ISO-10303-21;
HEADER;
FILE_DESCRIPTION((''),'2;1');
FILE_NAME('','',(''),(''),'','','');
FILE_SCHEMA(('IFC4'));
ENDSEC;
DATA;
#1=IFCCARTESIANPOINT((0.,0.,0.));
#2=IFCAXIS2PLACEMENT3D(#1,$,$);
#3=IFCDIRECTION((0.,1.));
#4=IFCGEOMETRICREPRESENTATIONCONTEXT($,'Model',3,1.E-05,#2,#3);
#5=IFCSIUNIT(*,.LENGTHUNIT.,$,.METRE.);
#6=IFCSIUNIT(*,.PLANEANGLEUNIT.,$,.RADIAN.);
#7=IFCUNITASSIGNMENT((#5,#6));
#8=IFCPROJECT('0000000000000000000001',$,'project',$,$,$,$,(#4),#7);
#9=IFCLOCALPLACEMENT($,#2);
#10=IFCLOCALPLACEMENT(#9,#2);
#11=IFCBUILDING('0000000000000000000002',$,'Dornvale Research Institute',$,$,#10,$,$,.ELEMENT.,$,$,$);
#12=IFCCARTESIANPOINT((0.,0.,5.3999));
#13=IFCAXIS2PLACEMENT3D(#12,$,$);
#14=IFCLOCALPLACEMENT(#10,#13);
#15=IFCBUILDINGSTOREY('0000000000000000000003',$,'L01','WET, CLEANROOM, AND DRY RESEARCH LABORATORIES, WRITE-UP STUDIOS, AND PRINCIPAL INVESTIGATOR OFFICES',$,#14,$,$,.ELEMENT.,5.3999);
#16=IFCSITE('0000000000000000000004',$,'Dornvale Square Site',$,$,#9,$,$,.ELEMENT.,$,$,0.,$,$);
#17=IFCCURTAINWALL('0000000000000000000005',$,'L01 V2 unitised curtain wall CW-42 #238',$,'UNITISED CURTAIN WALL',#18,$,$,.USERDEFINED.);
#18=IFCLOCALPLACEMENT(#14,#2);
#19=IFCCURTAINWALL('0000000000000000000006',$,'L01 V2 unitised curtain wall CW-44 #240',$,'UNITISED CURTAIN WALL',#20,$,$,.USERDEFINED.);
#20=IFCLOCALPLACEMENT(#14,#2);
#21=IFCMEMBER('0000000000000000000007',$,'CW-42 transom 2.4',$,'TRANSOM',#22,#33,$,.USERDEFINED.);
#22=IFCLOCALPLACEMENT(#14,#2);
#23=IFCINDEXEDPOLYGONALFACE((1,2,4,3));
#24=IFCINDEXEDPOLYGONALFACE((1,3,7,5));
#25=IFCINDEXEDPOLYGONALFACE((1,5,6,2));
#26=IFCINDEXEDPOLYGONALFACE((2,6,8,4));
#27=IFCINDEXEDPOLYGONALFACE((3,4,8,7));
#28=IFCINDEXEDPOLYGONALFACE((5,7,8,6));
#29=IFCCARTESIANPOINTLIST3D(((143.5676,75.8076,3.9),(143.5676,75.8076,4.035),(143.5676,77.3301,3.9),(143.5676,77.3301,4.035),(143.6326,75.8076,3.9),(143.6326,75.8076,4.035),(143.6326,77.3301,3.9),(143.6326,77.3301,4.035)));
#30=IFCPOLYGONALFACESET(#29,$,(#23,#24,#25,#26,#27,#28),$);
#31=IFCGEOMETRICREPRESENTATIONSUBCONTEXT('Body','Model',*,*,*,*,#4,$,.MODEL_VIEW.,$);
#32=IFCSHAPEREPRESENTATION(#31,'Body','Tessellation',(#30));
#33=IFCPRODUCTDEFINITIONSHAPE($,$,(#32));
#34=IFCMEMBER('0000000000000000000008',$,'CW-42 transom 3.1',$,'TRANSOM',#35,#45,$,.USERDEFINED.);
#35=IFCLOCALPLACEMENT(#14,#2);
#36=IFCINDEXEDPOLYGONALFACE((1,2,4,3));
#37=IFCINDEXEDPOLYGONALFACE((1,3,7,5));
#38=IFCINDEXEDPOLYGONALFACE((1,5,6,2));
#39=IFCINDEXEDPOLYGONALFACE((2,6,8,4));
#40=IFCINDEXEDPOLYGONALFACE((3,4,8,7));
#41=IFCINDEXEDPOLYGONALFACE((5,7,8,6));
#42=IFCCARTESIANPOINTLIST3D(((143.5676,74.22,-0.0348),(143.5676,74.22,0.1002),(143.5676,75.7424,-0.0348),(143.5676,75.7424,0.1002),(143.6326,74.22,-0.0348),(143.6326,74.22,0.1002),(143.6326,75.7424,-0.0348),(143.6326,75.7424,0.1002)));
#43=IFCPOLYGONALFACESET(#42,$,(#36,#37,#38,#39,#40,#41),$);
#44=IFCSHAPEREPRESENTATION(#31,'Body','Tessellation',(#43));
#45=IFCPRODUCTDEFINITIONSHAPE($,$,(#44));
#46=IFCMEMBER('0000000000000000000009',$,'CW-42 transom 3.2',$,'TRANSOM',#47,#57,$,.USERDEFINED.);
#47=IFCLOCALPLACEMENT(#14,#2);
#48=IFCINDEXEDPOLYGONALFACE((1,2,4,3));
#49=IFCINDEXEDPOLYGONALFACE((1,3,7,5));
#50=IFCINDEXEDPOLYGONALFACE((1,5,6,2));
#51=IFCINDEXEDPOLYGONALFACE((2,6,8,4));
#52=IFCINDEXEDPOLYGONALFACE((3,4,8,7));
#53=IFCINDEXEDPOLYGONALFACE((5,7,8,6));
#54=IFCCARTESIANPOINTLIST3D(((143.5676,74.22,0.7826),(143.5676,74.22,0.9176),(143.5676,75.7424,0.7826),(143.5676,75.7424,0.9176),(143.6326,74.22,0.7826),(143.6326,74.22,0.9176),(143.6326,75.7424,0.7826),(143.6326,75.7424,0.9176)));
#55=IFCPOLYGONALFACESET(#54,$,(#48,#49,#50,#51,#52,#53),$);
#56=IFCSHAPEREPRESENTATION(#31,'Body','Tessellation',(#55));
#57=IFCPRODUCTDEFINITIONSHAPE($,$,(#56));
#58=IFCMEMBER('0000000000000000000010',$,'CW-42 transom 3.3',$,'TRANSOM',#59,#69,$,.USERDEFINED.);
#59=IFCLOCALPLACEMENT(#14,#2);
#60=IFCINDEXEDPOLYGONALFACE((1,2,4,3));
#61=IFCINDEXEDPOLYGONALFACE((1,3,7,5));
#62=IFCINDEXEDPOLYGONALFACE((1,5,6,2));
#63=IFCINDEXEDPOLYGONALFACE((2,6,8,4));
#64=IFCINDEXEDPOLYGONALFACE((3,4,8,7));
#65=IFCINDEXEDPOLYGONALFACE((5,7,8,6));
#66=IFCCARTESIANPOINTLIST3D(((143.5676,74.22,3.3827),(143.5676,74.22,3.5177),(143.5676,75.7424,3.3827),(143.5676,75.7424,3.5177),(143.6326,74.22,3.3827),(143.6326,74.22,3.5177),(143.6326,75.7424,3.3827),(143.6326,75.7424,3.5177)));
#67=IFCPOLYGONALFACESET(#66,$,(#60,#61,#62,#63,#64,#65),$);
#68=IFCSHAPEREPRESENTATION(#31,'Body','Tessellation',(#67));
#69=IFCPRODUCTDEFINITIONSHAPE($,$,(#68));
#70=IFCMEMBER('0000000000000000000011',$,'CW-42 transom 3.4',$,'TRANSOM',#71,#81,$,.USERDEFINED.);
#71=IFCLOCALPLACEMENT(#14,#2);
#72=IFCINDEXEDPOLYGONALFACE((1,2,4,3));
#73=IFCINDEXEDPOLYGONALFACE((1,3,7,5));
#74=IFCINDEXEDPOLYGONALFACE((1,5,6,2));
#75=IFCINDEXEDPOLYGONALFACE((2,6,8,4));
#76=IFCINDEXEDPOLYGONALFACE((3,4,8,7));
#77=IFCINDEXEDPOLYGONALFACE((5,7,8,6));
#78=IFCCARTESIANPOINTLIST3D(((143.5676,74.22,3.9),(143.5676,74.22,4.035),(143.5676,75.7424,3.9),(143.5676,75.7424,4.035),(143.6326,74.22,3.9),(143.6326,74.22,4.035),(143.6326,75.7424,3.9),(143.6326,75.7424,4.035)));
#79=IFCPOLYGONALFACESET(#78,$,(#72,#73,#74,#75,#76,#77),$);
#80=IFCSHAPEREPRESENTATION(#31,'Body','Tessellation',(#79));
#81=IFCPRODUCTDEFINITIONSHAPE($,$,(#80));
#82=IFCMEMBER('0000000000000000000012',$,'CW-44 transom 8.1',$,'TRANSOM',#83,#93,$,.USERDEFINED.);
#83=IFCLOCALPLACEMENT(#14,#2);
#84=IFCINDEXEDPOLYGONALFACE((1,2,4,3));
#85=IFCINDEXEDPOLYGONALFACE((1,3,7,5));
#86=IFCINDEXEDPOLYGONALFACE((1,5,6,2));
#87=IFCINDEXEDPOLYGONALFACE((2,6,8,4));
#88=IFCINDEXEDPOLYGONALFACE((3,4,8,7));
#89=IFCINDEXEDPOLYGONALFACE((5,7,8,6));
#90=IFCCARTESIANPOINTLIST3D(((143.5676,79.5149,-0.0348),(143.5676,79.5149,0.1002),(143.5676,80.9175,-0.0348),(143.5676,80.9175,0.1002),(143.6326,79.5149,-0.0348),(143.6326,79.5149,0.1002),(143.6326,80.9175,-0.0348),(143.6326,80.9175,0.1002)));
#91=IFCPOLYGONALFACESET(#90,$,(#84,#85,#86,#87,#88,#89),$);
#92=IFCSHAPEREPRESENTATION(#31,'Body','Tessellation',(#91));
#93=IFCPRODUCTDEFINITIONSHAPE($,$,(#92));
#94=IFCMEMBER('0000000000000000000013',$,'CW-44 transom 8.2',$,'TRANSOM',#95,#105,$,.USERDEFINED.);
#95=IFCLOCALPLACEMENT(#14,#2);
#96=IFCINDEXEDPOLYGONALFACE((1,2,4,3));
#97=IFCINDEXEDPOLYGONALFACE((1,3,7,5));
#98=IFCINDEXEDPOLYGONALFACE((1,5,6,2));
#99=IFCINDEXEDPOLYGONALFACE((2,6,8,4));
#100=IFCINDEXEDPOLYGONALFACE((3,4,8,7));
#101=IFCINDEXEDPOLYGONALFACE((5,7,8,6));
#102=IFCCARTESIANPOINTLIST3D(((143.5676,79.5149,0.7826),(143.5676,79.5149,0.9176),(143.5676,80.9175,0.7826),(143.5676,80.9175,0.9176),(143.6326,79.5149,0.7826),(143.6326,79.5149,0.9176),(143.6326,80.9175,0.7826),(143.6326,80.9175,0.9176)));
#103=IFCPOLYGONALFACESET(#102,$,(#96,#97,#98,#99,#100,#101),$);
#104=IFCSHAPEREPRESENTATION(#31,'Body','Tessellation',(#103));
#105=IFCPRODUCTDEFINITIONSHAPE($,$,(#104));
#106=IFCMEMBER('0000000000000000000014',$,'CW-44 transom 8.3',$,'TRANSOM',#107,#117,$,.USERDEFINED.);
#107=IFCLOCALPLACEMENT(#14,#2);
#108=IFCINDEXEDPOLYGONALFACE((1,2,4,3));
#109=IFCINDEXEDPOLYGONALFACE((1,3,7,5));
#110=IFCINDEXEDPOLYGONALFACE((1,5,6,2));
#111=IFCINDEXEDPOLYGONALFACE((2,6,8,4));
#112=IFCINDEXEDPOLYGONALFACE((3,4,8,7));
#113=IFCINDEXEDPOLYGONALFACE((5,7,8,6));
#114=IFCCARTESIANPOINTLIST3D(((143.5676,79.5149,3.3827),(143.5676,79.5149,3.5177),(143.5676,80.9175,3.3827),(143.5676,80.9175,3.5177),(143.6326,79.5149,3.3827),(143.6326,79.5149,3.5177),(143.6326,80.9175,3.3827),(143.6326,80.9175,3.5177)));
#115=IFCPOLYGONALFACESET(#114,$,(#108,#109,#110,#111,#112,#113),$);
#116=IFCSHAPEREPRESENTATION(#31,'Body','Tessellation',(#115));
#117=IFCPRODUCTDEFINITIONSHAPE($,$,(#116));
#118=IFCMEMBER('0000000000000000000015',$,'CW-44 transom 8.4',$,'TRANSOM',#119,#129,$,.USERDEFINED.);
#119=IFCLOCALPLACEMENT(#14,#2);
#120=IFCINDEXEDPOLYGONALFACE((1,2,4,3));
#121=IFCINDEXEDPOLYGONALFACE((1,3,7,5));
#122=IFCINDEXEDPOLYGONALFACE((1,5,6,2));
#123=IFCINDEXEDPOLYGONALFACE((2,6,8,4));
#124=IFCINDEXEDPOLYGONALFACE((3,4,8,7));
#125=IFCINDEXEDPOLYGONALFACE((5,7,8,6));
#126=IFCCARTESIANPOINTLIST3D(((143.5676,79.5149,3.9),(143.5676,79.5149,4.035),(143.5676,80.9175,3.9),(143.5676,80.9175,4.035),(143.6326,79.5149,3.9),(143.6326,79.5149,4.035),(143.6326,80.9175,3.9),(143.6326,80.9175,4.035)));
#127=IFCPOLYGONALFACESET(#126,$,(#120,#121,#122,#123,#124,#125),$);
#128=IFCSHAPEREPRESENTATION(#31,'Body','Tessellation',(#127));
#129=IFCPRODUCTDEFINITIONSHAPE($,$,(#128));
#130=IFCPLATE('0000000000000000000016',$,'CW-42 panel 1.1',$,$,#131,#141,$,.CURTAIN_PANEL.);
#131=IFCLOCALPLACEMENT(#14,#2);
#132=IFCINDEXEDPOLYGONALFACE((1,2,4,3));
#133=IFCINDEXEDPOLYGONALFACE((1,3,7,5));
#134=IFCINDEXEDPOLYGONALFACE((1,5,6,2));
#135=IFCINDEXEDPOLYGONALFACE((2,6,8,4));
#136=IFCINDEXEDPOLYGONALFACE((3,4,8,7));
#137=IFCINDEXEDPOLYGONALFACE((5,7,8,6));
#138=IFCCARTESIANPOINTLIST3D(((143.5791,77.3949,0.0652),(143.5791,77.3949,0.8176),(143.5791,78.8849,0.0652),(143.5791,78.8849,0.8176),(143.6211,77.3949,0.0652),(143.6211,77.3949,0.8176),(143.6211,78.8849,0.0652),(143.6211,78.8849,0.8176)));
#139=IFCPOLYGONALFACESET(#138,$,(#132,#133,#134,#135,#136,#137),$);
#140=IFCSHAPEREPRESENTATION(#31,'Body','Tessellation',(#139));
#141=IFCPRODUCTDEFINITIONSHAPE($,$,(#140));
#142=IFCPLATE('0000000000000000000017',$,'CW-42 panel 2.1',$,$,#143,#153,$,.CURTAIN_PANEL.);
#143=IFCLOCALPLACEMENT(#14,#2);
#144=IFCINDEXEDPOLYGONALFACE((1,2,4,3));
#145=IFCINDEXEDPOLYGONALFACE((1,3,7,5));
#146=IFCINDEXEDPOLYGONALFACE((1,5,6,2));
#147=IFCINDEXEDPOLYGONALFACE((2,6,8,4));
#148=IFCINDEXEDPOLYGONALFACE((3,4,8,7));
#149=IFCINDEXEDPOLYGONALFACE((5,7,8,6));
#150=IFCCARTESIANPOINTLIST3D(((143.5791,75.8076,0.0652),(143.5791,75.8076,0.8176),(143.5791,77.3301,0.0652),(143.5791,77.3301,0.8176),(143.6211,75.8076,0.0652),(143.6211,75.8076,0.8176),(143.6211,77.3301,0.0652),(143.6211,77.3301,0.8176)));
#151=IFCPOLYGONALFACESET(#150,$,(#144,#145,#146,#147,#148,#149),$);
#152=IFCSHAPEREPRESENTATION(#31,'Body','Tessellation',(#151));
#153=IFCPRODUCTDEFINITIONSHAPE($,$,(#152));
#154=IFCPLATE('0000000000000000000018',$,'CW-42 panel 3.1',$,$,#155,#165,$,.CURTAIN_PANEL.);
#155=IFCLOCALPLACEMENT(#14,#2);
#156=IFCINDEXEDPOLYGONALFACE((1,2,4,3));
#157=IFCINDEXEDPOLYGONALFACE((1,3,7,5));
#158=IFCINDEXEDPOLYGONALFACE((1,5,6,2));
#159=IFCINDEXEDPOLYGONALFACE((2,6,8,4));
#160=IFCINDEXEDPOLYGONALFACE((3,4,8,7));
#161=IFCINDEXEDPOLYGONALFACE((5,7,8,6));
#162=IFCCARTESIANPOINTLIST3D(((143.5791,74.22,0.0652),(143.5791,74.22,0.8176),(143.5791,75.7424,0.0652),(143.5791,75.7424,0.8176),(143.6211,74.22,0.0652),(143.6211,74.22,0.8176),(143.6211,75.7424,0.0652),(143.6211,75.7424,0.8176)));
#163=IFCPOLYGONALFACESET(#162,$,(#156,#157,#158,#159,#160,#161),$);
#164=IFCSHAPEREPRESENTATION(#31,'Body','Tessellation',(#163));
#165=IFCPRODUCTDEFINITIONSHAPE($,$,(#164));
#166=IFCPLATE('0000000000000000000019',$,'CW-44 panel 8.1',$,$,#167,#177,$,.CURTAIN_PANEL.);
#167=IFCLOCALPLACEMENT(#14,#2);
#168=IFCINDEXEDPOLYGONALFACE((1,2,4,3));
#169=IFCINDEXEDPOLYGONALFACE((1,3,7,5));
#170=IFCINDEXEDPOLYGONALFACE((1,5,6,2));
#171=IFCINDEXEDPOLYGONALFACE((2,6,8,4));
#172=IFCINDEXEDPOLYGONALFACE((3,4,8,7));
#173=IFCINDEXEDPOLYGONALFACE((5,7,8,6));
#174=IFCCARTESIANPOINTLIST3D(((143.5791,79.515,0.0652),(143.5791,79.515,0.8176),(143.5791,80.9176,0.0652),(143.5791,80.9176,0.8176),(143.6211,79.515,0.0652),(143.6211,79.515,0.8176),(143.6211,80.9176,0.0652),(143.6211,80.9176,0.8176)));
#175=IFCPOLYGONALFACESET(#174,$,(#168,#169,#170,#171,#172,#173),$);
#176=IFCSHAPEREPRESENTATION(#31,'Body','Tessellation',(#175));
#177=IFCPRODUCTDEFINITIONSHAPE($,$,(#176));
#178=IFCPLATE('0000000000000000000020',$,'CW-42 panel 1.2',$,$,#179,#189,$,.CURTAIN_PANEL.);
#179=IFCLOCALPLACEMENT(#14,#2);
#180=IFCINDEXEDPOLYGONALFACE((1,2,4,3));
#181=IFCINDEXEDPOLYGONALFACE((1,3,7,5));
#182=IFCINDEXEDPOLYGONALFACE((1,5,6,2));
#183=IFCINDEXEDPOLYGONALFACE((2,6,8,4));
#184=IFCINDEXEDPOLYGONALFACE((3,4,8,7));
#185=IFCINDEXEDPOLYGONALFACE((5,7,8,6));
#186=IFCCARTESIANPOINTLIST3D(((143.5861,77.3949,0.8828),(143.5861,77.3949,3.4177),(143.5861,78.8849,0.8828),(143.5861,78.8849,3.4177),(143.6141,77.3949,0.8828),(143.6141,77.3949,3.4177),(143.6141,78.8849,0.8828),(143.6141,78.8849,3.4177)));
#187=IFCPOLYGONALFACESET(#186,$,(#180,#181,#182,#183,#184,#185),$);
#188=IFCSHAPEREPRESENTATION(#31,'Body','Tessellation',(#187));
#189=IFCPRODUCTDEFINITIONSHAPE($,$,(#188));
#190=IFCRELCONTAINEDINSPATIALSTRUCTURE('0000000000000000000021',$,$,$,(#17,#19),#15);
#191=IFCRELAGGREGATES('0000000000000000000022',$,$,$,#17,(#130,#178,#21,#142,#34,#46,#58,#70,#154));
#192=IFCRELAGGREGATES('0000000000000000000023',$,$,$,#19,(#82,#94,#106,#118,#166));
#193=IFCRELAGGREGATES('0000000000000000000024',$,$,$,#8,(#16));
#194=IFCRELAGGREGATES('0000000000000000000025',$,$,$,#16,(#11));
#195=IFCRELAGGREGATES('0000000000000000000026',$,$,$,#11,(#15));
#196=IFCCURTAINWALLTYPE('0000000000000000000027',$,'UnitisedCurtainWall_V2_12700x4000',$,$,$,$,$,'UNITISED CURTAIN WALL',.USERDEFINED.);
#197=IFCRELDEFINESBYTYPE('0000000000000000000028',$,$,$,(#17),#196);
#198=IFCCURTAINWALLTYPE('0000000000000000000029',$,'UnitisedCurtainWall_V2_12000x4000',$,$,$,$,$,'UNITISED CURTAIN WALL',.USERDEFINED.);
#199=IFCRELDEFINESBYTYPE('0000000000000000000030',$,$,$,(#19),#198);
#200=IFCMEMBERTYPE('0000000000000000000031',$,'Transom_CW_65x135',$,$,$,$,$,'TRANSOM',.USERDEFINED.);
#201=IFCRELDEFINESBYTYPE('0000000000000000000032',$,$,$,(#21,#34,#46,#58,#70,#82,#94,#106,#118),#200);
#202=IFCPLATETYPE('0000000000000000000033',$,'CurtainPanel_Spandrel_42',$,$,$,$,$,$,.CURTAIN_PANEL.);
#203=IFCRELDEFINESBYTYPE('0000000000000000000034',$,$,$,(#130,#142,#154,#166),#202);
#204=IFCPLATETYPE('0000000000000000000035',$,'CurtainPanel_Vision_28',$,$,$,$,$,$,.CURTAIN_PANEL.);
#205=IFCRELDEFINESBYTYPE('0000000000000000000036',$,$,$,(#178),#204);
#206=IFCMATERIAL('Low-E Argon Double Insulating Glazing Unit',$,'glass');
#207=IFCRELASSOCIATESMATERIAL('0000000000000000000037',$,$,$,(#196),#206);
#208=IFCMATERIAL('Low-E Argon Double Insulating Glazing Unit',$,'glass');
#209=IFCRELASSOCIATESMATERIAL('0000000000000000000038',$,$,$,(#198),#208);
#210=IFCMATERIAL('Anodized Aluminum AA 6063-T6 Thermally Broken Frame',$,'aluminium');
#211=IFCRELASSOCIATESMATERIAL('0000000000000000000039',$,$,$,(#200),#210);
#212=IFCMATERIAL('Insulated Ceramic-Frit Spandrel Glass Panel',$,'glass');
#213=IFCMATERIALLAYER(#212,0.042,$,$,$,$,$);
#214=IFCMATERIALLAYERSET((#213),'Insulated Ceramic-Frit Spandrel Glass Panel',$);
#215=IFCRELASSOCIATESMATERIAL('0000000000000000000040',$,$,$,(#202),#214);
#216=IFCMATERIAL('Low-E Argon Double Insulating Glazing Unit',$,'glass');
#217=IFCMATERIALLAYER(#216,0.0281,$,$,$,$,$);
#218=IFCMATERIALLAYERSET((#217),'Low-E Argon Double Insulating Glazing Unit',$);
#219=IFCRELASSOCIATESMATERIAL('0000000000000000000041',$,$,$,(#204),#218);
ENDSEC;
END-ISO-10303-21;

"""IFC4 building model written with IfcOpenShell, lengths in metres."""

from ifc_helpers import new_model, si_unit, direction, frame, origin, origin_2d, place, context, subcontext, project, spatial, rectangle, extrude, material, layer, layer_set, material_profile, profile_set, type_object, element, aggregate, save


model = new_model("IFC4")

# Units and contexts
model_context = context("Model", 3, precision=1e-05, world=origin(), true_north=direction((0.0, 1.0)))
body_context = subcontext(model_context, "Body", "Model", "MODEL_VIEW")
ifc_project = project(units=[si_unit("LENGTHUNIT", "METRE"), si_unit("PLANEANGLEUNIT", "RADIAN")], contexts=[model_context])

# Site, building, storey
site_placement = place(None, origin())
site = spatial("IfcSite", under=ifc_project, at=site_placement, Name="Dornvale Square Site", CompositionType="ELEMENT", RefElevation=0.0)
building_placement = place(site_placement, origin())
building = spatial("IfcBuilding", under=site, at=building_placement, Name="Dornvale Research Institute", CompositionType="ELEMENT")
storey_placement = place(building_placement, frame((0.0, 0.0, 5.3999)))
storey = spatial("IfcBuildingStorey", under=building, at=storey_placement, Name="L01", Description="WET, CLEANROOM, AND DRY RESEARCH LABORATORIES, WRITE-UP STUDIOS, AND PRINCIPAL INVESTIGATOR OFFICES", CompositionType="ELEMENT", Elevation=5.3999)

# Curtain wall
ifc_material_1 = material(Name="Low-E Argon Double Insulating Glazing Unit", Category="glass")
curtain_wall_type_1 = type_object("IfcCurtainWallType", Name="UnitisedCurtainWall_V2_12700x4000", ElementType="UNITISED CURTAIN WALL", PredefinedType="USERDEFINED", material=ifc_material_1)
curtain_wall_1_placement = place(storey_placement, origin())
curtain_wall_1 = element("IfcCurtainWall", 1, at=curtain_wall_1_placement, inside=storey, type_object=curtain_wall_type_1, Name="L01 V2 unitised curtain wall CW-42 #238", ObjectType="UNITISED CURTAIN WALL", PredefinedType="USERDEFINED")

# Curtain wall
ifc_material_2 = material(Name="Low-E Argon Double Insulating Glazing Unit", Category="glass")
curtain_wall_type_2 = type_object("IfcCurtainWallType", Name="UnitisedCurtainWall_V2_12000x4000", ElementType="UNITISED CURTAIN WALL", PredefinedType="USERDEFINED", material=ifc_material_2)
curtain_wall_2_placement = place(storey_placement, origin())
curtain_wall_2 = element("IfcCurtainWall", 2, at=curtain_wall_2_placement, inside=storey, type_object=curtain_wall_type_2, Name="L01 V2 unitised curtain wall CW-44 #240", ObjectType="UNITISED CURTAIN WALL", PredefinedType="USERDEFINED")

# Members
ifc_material_3 = material(Name="Anodized Aluminum AA 6063-T6 Thermally Broken Frame", Category="aluminium")
ifc_material_profile_1 = material_profile(ifc_material_3, rectangle(XDim=0.0649, YDim=0.135, at=origin_2d()), Name="ALU TRANSOM 65x135")
ifc_profile_set_1 = profile_set([ifc_material_profile_1], Name="Anodized Aluminum AA 6063-T6 Thermally Broken Frame")
member_type_1 = type_object("IfcMemberType", Name="Transom_CW_65x135", ElementType="TRANSOM", PredefinedType="USERDEFINED", material=ifc_profile_set_1)
member_1_placement = place(storey_placement, frame((143.6001, 77.3301, 3.9675), z_axis=(0.0, -1.0, 0.0), x_axis=(1.0, 0.0, 0.0)))
member_1 = element("IfcMember", 3, at=member_1_placement, type_object=member_type_1, Name="CW-42 transom 2.4", ObjectType="TRANSOM", PredefinedType="USERDEFINED", context=body_context, shape_type="SweptSolid", body=[
    extrude(rectangle(XDim=0.0649, YDim=0.135, at=origin_2d()), origin(), (0.0, 0.0, 1.0), 1.5225),
])
member_2_placement = place(storey_placement, frame((143.6001, 75.7424, 0.0327), z_axis=(0.0, -1.0, 0.0), x_axis=(1.0, 0.0, 0.0)))
member_2 = element("IfcMember", 4, at=member_2_placement, type_object=member_type_1, Name="CW-42 transom 3.1", ObjectType="TRANSOM", PredefinedType="USERDEFINED", context=body_context, shape_type="SweptSolid", body=[
    extrude(rectangle(XDim=0.0649, YDim=0.135, at=origin_2d()), origin(), (0.0, 0.0, 1.0), 1.5225),
])
member_3_placement = place(storey_placement, frame((143.6001, 75.7424, 0.8501), z_axis=(0.0, -1.0, 0.0), x_axis=(1.0, 0.0, 0.0)))
member_3 = element("IfcMember", 5, at=member_3_placement, type_object=member_type_1, Name="CW-42 transom 3.2", ObjectType="TRANSOM", PredefinedType="USERDEFINED", context=body_context, shape_type="SweptSolid", body=[
    extrude(rectangle(XDim=0.0649, YDim=0.135, at=origin_2d()), origin(), (0.0, 0.0, 1.0), 1.5225),
])
member_4_placement = place(storey_placement, frame((143.6001, 75.7424, 3.4502), z_axis=(0.0, -1.0, 0.0), x_axis=(1.0, 0.0, 0.0)))
member_4 = element("IfcMember", 6, at=member_4_placement, type_object=member_type_1, Name="CW-42 transom 3.3", ObjectType="TRANSOM", PredefinedType="USERDEFINED", context=body_context, shape_type="SweptSolid", body=[
    extrude(rectangle(XDim=0.0649, YDim=0.135, at=origin_2d()), origin(), (0.0, 0.0, 1.0), 1.5225),
])
member_5_placement = place(storey_placement, frame((143.6001, 75.7424, 3.9675), z_axis=(0.0, -1.0, 0.0), x_axis=(1.0, 0.0, 0.0)))
member_5 = element("IfcMember", 7, at=member_5_placement, type_object=member_type_1, Name="CW-42 transom 3.4", ObjectType="TRANSOM", PredefinedType="USERDEFINED", context=body_context, shape_type="SweptSolid", body=[
    extrude(rectangle(XDim=0.0649, YDim=0.135, at=origin_2d()), origin(), (0.0, 0.0, 1.0), 1.5225),
])
member_6_placement = place(storey_placement, frame((143.6001, 80.9175, 0.0327), z_axis=(0.0, -1.0, 0.0), x_axis=(1.0, 0.0, 0.0)))
member_6 = element("IfcMember", 8, at=member_6_placement, type_object=member_type_1, Name="CW-44 transom 8.1", ObjectType="TRANSOM", PredefinedType="USERDEFINED", context=body_context, shape_type="SweptSolid", body=[
    extrude(rectangle(XDim=0.0649, YDim=0.135, at=origin_2d()), origin(), (0.0, 0.0, 1.0), 1.4026),
])
member_7_placement = place(storey_placement, frame((143.6001, 80.9175, 0.8501), z_axis=(0.0, -1.0, 0.0), x_axis=(1.0, 0.0, 0.0)))
member_7 = element("IfcMember", 9, at=member_7_placement, type_object=member_type_1, Name="CW-44 transom 8.2", ObjectType="TRANSOM", PredefinedType="USERDEFINED", context=body_context, shape_type="SweptSolid", body=[
    extrude(rectangle(XDim=0.0649, YDim=0.135, at=origin_2d()), origin(), (0.0, 0.0, 1.0), 1.4026),
])
member_8_placement = place(storey_placement, frame((143.6001, 80.9175, 3.4502), z_axis=(0.0, -1.0, 0.0), x_axis=(1.0, 0.0, 0.0)))
member_8 = element("IfcMember", 10, at=member_8_placement, type_object=member_type_1, Name="CW-44 transom 8.3", ObjectType="TRANSOM", PredefinedType="USERDEFINED", context=body_context, shape_type="SweptSolid", body=[
    extrude(rectangle(XDim=0.0649, YDim=0.135, at=origin_2d()), origin(), (0.0, 0.0, 1.0), 1.4026),
])
member_9_placement = place(storey_placement, frame((143.6001, 80.9175, 3.9675), z_axis=(0.0, -1.0, 0.0), x_axis=(1.0, 0.0, 0.0)))
member_9 = element("IfcMember", 11, at=member_9_placement, type_object=member_type_1, Name="CW-44 transom 8.4", ObjectType="TRANSOM", PredefinedType="USERDEFINED", context=body_context, shape_type="SweptSolid", body=[
    extrude(rectangle(XDim=0.0649, YDim=0.135, at=origin_2d()), origin(), (0.0, 0.0, 1.0), 1.4026),
])

# Plates
ifc_material_4 = material(Name="Insulated Ceramic-Frit Spandrel Glass Panel", Category="glass")
ifc_layer_1 = layer(ifc_material_4, 0.042)
ifc_layer_set_1 = layer_set([ifc_layer_1], Name="Insulated Ceramic-Frit Spandrel Glass Panel")
plate_type_1 = type_object("IfcPlateType", Name="CurtainPanel_Spandrel_42", PredefinedType="CURTAIN_PANEL", material=ifc_layer_set_1)
plate_1_placement = place(storey_placement, frame((143.6001, 78.1399, 0.0652), z_axis=(0.0, 0.0, 1.0), x_axis=(0.0, -1.0, 0.0)))
plate_1 = element("IfcPlate", 12, at=plate_1_placement, type_object=plate_type_1, Name="CW-42 panel 1.1", PredefinedType="CURTAIN_PANEL", context=body_context, shape_type="SweptSolid", body=[
    extrude(rectangle(XDim=1.49, YDim=0.042, at=origin_2d()), origin(), (0.0, 0.0, 1.0), 0.7524),
])
plate_2_placement = place(storey_placement, frame((143.6001, 76.5688, 0.0652), z_axis=(0.0, 0.0, 1.0), x_axis=(0.0, -1.0, 0.0)))
plate_2 = element("IfcPlate", 13, at=plate_2_placement, type_object=plate_type_1, Name="CW-42 panel 2.1", PredefinedType="CURTAIN_PANEL", context=body_context, shape_type="SweptSolid", body=[
    extrude(rectangle(XDim=1.5225, YDim=0.042, at=origin_2d()), origin(), (0.0, 0.0, 1.0), 0.7524),
])
plate_3_placement = place(storey_placement, frame((143.6001, 74.9812, 0.0652), z_axis=(0.0, 0.0, 1.0), x_axis=(0.0, -1.0, 0.0)))
plate_3 = element("IfcPlate", 14, at=plate_3_placement, type_object=plate_type_1, Name="CW-42 panel 3.1", PredefinedType="CURTAIN_PANEL", context=body_context, shape_type="SweptSolid", body=[
    extrude(rectangle(XDim=1.5225, YDim=0.042, at=origin_2d()), origin(), (0.0, 0.0, 1.0), 0.7524),
])
plate_4_placement = place(storey_placement, frame((143.6001, 80.2163, 0.0652), z_axis=(0.0, 0.0, 1.0), x_axis=(0.0, -1.0, 0.0)))
plate_4 = element("IfcPlate", 15, at=plate_4_placement, type_object=plate_type_1, Name="CW-44 panel 8.1", PredefinedType="CURTAIN_PANEL", context=body_context, shape_type="SweptSolid", body=[
    extrude(rectangle(XDim=1.4026, YDim=0.042, at=origin_2d()), origin(), (0.0, 0.0, 1.0), 0.7524),
])
ifc_material_5 = material(Name="Low-E Argon Double Insulating Glazing Unit", Category="glass")
ifc_layer_2 = layer(ifc_material_5, 0.0281)
ifc_layer_set_2 = layer_set([ifc_layer_2], Name="Low-E Argon Double Insulating Glazing Unit")
plate_type_2 = type_object("IfcPlateType", Name="CurtainPanel_Vision_28", PredefinedType="CURTAIN_PANEL", material=ifc_layer_set_2)
plate_5_placement = place(storey_placement, frame((143.6001, 78.1399, 0.8828), z_axis=(0.0, 0.0, 1.0), x_axis=(0.0, -1.0, 0.0)))
plate_5 = element("IfcPlate", 16, at=plate_5_placement, type_object=plate_type_2, Name="CW-42 panel 1.2", PredefinedType="CURTAIN_PANEL", context=body_context, shape_type="SweptSolid", body=[
    extrude(rectangle(XDim=1.49, YDim=0.0281, at=origin_2d()), origin(), (0.0, 0.0, 1.0), 2.5349),
])
aggregate(curtain_wall_1, [plate_1, plate_5, member_1, plate_2, member_2, member_3, member_4, member_5, plate_3])
aggregate(curtain_wall_2, [member_6, member_7, member_8, member_9, plate_4])

save(model, "model.ifc")
